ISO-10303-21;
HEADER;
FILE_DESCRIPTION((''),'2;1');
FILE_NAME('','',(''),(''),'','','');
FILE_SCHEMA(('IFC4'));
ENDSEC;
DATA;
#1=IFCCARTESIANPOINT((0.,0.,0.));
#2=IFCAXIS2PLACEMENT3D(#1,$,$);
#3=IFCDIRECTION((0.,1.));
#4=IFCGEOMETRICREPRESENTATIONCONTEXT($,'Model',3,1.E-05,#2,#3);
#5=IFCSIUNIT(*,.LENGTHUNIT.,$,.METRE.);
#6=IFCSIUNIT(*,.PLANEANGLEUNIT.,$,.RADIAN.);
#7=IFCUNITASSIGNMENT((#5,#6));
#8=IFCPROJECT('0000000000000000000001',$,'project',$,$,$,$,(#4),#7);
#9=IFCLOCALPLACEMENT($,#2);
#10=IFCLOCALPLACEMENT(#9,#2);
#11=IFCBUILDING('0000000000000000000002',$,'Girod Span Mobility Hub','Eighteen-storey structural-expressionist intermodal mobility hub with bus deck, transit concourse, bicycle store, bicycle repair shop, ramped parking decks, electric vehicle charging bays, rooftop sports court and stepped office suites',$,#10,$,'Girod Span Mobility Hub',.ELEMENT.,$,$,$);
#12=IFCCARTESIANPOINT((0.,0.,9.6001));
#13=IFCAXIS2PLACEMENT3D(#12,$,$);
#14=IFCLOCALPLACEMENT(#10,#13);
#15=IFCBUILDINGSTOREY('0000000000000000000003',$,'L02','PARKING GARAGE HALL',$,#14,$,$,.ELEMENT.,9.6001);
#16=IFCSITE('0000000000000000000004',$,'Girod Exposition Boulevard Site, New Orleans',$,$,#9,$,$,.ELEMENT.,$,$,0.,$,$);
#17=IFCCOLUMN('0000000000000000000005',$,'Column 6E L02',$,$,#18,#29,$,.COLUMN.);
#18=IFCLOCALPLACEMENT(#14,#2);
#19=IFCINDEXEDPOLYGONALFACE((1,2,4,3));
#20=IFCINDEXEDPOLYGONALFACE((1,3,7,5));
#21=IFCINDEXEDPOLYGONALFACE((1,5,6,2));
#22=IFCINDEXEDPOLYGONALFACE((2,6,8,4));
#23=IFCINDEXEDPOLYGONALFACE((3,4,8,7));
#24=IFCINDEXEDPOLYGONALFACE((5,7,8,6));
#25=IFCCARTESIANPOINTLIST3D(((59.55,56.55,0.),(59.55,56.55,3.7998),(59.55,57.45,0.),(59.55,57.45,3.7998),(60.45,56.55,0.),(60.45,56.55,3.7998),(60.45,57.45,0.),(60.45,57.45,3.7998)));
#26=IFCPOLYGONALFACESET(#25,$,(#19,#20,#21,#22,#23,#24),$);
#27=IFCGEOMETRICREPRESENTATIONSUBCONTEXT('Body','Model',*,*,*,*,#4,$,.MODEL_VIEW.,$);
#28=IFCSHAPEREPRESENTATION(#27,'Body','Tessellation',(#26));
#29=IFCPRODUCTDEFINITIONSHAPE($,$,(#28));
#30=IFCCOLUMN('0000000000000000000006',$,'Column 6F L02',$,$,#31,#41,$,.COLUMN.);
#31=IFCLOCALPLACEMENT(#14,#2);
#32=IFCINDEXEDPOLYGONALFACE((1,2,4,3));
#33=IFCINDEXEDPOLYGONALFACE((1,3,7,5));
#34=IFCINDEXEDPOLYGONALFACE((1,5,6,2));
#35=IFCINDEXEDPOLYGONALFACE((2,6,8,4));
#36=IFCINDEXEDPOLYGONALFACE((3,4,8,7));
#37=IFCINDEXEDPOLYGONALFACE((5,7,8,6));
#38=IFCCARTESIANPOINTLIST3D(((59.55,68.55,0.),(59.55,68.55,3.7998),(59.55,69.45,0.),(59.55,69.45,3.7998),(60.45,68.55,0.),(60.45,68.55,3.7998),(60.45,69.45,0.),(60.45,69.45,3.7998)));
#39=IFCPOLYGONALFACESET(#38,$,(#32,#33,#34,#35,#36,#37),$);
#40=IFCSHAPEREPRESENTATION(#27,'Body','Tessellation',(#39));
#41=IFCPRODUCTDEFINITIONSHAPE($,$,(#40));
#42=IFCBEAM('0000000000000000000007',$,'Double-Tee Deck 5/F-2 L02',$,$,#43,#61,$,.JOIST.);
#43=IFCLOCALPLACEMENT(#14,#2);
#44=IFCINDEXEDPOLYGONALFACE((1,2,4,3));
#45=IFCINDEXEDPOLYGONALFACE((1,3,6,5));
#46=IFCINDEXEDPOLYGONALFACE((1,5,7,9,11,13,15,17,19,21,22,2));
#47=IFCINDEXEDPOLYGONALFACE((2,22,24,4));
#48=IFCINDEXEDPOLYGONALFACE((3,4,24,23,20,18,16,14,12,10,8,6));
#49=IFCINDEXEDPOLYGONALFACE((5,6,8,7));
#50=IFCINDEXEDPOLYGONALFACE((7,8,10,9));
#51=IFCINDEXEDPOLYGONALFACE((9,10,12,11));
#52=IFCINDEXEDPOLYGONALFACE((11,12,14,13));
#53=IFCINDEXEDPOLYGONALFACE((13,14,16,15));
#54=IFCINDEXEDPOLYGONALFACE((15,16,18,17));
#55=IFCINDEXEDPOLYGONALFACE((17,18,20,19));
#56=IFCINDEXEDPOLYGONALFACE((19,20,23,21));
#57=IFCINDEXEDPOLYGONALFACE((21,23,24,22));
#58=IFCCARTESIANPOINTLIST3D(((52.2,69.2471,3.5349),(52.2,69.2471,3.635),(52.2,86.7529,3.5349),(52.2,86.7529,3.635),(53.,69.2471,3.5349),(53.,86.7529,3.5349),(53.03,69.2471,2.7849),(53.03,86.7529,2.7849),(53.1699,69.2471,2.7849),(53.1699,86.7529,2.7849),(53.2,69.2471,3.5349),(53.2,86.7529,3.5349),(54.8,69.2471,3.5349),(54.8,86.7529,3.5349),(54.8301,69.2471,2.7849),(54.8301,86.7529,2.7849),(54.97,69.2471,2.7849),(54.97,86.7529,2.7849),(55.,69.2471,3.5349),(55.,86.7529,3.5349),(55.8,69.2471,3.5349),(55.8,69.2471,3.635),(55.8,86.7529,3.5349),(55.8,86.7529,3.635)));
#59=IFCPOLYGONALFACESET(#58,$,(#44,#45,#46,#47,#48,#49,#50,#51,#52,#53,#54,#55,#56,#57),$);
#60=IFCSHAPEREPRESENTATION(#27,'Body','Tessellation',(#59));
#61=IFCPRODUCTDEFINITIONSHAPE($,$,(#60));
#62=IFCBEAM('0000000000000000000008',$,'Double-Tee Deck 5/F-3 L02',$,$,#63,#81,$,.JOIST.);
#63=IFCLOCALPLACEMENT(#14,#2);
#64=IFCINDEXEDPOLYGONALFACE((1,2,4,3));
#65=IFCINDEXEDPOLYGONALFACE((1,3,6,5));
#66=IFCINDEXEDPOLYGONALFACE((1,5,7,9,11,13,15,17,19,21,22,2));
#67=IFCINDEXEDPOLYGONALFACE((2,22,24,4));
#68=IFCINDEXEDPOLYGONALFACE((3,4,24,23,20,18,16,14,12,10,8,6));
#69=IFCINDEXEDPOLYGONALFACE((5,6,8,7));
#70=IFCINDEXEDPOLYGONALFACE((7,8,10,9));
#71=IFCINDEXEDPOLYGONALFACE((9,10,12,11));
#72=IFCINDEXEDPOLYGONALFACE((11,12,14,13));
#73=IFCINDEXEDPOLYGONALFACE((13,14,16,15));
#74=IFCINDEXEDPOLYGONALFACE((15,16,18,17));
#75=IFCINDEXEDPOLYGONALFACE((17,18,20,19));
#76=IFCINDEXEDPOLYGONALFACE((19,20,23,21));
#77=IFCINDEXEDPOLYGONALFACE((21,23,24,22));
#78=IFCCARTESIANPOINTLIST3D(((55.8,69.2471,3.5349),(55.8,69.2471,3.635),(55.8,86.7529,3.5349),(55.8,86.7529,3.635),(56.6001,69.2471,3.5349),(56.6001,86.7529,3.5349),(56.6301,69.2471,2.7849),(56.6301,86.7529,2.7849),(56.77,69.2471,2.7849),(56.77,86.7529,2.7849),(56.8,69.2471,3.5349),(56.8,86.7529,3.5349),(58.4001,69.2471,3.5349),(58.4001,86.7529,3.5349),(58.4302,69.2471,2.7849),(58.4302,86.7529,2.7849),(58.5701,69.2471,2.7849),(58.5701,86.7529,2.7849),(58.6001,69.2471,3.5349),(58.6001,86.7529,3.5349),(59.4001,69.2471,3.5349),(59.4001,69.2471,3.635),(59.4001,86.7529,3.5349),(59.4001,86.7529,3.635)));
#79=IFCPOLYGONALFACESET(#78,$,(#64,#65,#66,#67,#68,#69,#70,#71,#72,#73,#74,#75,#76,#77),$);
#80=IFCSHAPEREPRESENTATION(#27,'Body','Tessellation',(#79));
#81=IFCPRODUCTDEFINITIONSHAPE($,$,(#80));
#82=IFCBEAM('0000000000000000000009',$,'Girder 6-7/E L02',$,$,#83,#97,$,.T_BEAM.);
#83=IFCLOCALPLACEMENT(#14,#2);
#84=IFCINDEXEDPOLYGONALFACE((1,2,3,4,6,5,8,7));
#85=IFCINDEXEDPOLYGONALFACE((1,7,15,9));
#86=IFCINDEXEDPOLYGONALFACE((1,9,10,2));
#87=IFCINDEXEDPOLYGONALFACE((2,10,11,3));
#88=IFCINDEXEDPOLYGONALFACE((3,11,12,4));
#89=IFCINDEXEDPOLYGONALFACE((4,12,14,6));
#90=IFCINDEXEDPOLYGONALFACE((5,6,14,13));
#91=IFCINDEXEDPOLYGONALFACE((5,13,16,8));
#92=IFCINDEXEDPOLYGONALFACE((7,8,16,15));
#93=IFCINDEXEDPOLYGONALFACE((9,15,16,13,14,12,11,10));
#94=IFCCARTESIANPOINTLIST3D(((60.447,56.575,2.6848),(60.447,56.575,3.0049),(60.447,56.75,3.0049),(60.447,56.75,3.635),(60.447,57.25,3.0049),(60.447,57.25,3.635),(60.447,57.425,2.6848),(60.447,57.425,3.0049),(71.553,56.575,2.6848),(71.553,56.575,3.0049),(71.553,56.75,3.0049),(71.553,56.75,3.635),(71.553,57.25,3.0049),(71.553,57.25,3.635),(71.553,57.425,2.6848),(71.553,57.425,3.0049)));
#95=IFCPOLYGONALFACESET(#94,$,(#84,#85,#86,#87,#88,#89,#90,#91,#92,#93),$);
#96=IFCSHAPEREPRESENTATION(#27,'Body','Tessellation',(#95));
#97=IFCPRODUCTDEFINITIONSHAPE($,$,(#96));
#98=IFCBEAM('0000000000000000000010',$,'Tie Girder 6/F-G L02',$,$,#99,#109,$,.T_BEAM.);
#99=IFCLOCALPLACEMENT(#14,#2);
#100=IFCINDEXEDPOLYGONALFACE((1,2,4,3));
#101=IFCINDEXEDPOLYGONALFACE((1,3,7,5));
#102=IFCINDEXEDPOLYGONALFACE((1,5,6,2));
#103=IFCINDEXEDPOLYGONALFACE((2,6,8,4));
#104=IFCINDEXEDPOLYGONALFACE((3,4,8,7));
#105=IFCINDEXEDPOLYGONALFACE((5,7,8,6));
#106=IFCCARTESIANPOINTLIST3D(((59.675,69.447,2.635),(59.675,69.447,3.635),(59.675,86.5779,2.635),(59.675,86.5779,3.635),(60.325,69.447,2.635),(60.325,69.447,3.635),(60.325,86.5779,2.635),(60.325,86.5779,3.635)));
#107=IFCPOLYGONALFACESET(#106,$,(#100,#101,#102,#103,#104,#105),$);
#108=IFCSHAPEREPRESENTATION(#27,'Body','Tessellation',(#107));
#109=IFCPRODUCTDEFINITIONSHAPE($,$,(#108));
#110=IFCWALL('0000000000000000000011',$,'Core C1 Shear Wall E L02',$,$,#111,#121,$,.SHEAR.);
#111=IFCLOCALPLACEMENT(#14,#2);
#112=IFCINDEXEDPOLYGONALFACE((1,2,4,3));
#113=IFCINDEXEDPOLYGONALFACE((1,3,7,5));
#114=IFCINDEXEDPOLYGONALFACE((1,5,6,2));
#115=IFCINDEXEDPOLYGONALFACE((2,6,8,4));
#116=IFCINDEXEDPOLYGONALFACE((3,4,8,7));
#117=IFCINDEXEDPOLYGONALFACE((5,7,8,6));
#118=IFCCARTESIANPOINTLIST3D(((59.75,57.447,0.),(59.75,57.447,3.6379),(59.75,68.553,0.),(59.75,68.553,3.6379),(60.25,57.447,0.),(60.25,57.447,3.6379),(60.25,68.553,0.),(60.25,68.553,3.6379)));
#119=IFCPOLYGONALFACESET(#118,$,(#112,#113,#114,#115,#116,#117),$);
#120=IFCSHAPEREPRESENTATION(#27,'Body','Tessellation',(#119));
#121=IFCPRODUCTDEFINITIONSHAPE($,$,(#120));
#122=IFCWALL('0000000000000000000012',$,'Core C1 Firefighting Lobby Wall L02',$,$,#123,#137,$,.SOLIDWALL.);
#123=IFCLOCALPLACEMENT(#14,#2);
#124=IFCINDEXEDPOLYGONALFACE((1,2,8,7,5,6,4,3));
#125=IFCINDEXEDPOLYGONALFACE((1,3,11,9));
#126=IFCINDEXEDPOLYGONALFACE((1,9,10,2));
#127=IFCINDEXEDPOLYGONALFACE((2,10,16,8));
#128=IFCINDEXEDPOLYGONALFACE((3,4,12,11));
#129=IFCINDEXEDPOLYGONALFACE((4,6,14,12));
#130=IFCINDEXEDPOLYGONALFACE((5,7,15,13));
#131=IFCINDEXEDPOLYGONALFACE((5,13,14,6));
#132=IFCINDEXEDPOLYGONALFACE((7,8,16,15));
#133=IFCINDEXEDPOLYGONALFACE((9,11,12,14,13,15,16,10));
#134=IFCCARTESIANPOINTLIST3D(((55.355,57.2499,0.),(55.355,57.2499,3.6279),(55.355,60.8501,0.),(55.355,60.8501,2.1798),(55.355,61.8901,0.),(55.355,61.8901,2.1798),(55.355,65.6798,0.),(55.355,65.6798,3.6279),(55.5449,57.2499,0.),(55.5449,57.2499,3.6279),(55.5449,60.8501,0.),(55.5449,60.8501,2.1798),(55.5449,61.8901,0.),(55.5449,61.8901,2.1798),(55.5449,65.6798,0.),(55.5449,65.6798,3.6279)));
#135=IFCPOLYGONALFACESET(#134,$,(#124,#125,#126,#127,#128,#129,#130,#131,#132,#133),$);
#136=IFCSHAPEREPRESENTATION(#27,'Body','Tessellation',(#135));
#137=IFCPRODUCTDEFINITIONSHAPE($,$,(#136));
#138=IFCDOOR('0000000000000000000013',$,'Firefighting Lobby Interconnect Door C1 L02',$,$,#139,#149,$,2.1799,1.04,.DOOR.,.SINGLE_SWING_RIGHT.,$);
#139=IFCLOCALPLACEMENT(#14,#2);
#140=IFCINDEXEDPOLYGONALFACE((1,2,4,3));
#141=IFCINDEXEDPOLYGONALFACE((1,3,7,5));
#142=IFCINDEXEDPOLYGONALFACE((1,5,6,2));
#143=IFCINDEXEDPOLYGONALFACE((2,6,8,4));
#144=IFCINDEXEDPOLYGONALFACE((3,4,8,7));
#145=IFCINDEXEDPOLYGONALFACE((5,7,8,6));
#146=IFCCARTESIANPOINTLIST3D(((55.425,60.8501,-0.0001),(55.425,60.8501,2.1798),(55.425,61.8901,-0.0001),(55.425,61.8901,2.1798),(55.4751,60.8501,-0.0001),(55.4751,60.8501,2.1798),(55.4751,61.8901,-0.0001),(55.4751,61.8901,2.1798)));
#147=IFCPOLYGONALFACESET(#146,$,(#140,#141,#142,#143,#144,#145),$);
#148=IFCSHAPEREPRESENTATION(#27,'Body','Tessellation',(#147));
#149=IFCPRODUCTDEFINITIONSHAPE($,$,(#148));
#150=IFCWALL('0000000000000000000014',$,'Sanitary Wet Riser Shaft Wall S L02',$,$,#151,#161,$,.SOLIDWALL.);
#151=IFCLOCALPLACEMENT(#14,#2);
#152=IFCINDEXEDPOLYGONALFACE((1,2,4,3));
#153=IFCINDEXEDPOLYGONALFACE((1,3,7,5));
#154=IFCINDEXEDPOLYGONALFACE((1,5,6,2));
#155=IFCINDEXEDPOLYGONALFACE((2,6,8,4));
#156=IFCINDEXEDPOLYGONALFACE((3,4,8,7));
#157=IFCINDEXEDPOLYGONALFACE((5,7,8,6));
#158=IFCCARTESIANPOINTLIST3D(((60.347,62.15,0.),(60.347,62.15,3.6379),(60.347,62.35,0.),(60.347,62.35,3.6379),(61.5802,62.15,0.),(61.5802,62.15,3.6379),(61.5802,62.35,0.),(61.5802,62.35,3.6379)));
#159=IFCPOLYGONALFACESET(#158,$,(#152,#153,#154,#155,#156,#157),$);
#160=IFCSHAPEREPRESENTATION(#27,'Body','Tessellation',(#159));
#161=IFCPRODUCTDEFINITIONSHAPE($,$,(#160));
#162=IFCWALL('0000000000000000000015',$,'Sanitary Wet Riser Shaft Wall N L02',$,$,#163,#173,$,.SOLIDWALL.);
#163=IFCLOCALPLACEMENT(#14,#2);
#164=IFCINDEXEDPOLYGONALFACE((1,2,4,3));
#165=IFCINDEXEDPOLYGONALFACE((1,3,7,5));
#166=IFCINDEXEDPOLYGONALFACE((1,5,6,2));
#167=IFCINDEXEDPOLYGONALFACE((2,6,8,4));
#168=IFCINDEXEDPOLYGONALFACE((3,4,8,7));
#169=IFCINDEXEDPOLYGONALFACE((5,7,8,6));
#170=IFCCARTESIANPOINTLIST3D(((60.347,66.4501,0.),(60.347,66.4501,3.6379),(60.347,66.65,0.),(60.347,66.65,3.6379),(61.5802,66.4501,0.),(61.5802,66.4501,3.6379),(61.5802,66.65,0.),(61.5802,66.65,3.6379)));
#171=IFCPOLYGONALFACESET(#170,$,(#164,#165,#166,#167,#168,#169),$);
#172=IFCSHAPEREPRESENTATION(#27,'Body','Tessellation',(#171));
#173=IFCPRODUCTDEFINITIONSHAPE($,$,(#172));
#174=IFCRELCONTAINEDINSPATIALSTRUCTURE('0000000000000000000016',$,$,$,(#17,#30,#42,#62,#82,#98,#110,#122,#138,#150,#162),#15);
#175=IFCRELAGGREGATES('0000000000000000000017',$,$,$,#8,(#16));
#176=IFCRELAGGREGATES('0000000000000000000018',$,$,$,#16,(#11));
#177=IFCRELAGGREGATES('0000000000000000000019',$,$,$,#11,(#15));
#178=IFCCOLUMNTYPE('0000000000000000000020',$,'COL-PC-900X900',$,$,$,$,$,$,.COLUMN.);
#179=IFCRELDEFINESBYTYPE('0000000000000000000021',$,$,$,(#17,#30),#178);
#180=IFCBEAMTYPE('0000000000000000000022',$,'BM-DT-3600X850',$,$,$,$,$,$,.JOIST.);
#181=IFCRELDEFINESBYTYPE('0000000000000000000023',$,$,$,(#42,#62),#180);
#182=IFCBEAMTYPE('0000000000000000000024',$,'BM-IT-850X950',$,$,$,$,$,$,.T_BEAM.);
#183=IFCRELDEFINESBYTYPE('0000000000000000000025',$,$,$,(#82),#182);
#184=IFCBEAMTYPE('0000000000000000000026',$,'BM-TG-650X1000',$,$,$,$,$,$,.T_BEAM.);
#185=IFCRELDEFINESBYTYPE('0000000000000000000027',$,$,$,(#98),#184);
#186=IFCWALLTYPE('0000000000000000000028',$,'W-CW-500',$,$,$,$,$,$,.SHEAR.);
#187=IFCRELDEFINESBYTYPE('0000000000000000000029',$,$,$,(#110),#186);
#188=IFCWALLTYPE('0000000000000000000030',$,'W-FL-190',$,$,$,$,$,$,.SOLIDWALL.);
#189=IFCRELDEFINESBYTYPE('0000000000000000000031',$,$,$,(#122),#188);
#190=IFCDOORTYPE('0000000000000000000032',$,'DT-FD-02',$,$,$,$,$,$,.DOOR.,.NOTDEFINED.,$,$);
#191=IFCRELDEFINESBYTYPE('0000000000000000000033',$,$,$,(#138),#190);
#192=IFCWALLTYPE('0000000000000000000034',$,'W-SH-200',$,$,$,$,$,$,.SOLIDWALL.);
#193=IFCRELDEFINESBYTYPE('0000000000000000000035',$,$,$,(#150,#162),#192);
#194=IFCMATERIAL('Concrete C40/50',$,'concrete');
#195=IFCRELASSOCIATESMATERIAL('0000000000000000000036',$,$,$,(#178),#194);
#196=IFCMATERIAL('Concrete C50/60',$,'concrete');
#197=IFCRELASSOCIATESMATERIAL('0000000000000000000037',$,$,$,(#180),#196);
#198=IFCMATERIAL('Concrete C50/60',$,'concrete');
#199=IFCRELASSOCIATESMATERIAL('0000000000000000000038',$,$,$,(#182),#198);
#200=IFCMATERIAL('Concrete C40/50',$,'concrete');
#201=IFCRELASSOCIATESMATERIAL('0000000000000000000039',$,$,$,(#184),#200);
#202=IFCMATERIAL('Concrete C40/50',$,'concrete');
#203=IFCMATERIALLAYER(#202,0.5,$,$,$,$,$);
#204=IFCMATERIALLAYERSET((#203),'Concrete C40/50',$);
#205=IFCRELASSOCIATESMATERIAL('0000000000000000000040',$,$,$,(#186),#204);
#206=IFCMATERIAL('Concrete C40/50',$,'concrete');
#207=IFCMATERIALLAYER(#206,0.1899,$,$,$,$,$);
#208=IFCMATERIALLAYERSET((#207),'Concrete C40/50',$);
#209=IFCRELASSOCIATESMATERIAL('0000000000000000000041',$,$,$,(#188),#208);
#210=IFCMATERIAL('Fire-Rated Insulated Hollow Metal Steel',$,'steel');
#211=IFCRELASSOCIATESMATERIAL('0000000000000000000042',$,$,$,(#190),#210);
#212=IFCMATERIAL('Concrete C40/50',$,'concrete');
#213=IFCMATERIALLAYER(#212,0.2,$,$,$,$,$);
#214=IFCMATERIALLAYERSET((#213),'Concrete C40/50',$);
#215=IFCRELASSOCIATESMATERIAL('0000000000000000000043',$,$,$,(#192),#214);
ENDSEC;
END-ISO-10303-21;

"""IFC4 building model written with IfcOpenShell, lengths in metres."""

from ifc_helpers import new_model, si_unit, direction, frame, frame_2d, origin, origin_2d, place, context, subcontext, project, spatial, polyline, rectangle, outline, extrude, material, layer, layer_set, material_profile, profile_set, type_object, element, fill, save


model = new_model("IFC4")

# Units and contexts
model_context = context("Model", 3, precision=1e-05, world=origin(), true_north=direction((0.0, 1.0)))
body_context = subcontext(model_context, "Body", "Model", "MODEL_VIEW")
ifc_project = project(units=[si_unit("LENGTHUNIT", "METRE"), si_unit("PLANEANGLEUNIT", "RADIAN")], contexts=[model_context])

# Site, building, storey
site_placement = place(None, origin())
site = spatial("IfcSite", under=ifc_project, at=site_placement, Name="Girod Exposition Boulevard Site, New Orleans", CompositionType="ELEMENT", RefElevation=0.0)
building_placement = place(site_placement, origin())
building = spatial("IfcBuilding", under=site, at=building_placement, Name="Girod Span Mobility Hub", Description="Eighteen-storey structural-expressionist intermodal mobility hub with bus deck, transit concourse, bicycle store, bicycle repair shop, ramped parking decks, electric vehicle charging bays, rooftop sports court and stepped office suites", LongName="Girod Span Mobility Hub", CompositionType="ELEMENT")
storey_placement = place(building_placement, frame((0.0, 0.0, 9.6001)))
storey = spatial("IfcBuildingStorey", under=building, at=storey_placement, Name="L02", Description="PARKING GARAGE HALL", CompositionType="ELEMENT", Elevation=9.6001)

# Columns
ifc_material_1 = material(Name="Concrete C40/50", Category="concrete")
ifc_material_profile_1 = material_profile(ifc_material_1, rectangle(XDim=0.8999, YDim=0.8999, at=origin_2d()), Name="PC-COL-900X900")
ifc_profile_set_1 = profile_set([ifc_material_profile_1], Name="Concrete C40/50")
column_type = type_object("IfcColumnType", Name="COL-PC-900X900", PredefinedType="COLUMN", material=ifc_profile_set_1)
for number, where, z_axis, x_axis, name in (
    (1, (60.0, 57.0, 0.0), (0.0, 0.0, 1.0), (1.0, 0.0, 0.0), "Column 6E L02"),
    (2, (60.0, 69.0, 0.0), (0.0, 0.0, 1.0), (1.0, 0.0, 0.0), "Column 6F L02"),
):
    element("IfcColumn", number, at=place(storey_placement, frame(where, z_axis=z_axis, x_axis=x_axis)), inside=storey, type_object=column_type, Name=name, PredefinedType="COLUMN", context=body_context, shape_type="SweptSolid", body=[
        extrude(rectangle(XDim=0.8999, YDim=0.8999, at=origin_2d()), origin(), (0.0, 0.0, 1.0), 3.7998),
    ])

# Beams
ifc_material_2 = material(Name="Concrete C50/60", Category="concrete")
ifc_material_profile_2 = material_profile(ifc_material_2, outline(polyline([(-1.8, 0.425), (-1.8, 0.325), (-1.0, 0.325), (-0.97, -0.425), (-0.8301, -0.425), (-0.8, 0.325), (0.8, 0.325), (0.8301, -0.425), (0.97, -0.425), (1.0, 0.325), (1.8, 0.325), (1.8, 0.425), (-1.8, 0.425)])), Name="DT-3600X850")
ifc_profile_set_2 = profile_set([ifc_material_profile_2], Name="Concrete C50/60")
beam_type_1 = type_object("IfcBeamType", Name="BM-DT-3600X850", PredefinedType="JOIST", material=ifc_profile_set_2)
for number, where, z_axis, x_axis, name in (
    (3, (54.0, 69.2471, 3.21), (0.0, 1.0, 0.0), (-1.0, 0.0, 0.0), "Double-Tee Deck 5/F-2 L02"),
    (4, (57.6001, 69.2471, 3.21), (0.0, 1.0, 0.0), (-1.0, 0.0, 0.0), "Double-Tee Deck 5/F-3 L02"),
):
    element("IfcBeam", number, at=place(storey_placement, frame(where, z_axis=z_axis, x_axis=x_axis)), inside=storey, type_object=beam_type_1, Name=name, PredefinedType="JOIST", context=body_context, shape_type="SweptSolid", body=[
        extrude(outline(polyline([(-1.8, 0.425), (-1.8, 0.325), (-1.0, 0.325), (-0.97, -0.425), (-0.8301, -0.425), (-0.8, 0.325), (0.8, 0.325), (0.8301, -0.425), (0.97, -0.425), (1.0, 0.325), (1.8, 0.325), (1.8, 0.425), (-1.8, 0.425)])), origin(), (0.0, 0.0, 1.0), 17.5059),
    ])
ifc_material_3 = material(Name="Concrete C50/60", Category="concrete")
ifc_material_profile_3 = material_profile(ifc_material_3, outline(polyline([(-0.425, -0.4751), (0.425, -0.4751), (0.425, -0.155), (0.25, -0.155), (0.25, 0.4751), (-0.25, 0.4751), (-0.25, -0.155), (-0.425, -0.155), (-0.425, -0.4751)])), Name="IT-850X950")
ifc_profile_set_3 = profile_set([ifc_material_profile_3], Name="Concrete C50/60")
beam_type_2 = type_object("IfcBeamType", Name="BM-IT-850X950", PredefinedType="T_BEAM", material=ifc_profile_set_3)
beam_1_placement = place(storey_placement, frame((60.447, 57.0, 3.1599), z_axis=(1.0, 0.0, 0.0), x_axis=(0.0, 1.0, 0.0)))
element("IfcBeam", 5, at=beam_1_placement, inside=storey, type_object=beam_type_2, Name="Girder 6-7/E L02", PredefinedType="T_BEAM", context=body_context, shape_type="SweptSolid", body=[
    extrude(outline(polyline([(-0.425, -0.4751), (0.425, -0.4751), (0.425, -0.155), (0.25, -0.155), (0.25, 0.4751), (-0.25, 0.4751), (-0.25, -0.155), (-0.425, -0.155), (-0.425, -0.4751)])), origin(), (0.0, 0.0, 1.0), 11.106),
])
ifc_material_4 = material(Name="Concrete C40/50", Category="concrete")
ifc_material_profile_4 = material_profile(ifc_material_4, rectangle(XDim=0.6499, YDim=1.0, at=origin_2d()), Name="TG-650X1000")
ifc_profile_set_4 = profile_set([ifc_material_profile_4], Name="Concrete C40/50")
beam_type_3 = type_object("IfcBeamType", Name="BM-TG-650X1000", PredefinedType="T_BEAM", material=ifc_profile_set_4)
beam_2_placement = place(storey_placement, frame((60.0, 69.447, 3.135), z_axis=(0.0, 1.0, 0.0), x_axis=(-1.0, 0.0, 0.0)))
element("IfcBeam", 6, at=beam_2_placement, inside=storey, type_object=beam_type_3, Name="Tie Girder 6/F-G L02", PredefinedType="T_BEAM", context=body_context, shape_type="SweptSolid", body=[
    extrude(rectangle(XDim=0.6499, YDim=1.0, at=origin_2d()), origin(), (0.0, 0.0, 1.0), 17.1309),
])

# Wall
ifc_material_5 = material(Name="Concrete C40/50", Category="concrete")
ifc_layer_1 = layer(ifc_material_5, 0.5)
ifc_layer_set_1 = layer_set([ifc_layer_1], Name="Concrete C40/50")
wall_type_1 = type_object("IfcWallType", Name="W-CW-500", PredefinedType="SHEAR", material=ifc_layer_set_1)
wall_1_placement = place(storey_placement, frame((60.0, 57.447, 0.0), z_axis=(0.0, 0.0, 1.0), x_axis=(0.0, 1.0, 0.0)))
element("IfcWall", 7, at=wall_1_placement, inside=storey, type_object=wall_type_1, Name="Core C1 Shear Wall E L02", PredefinedType="SHEAR", context=body_context, shape_type="SweptSolid", body=[
    extrude(rectangle(XDim=11.106, YDim=0.5, at=frame_2d((5.553, 0.0))), origin(), (0.0, 0.0, 1.0), 3.6379),
])

# Wall, opening, door
ifc_material_6 = material(Name="Concrete C40/50", Category="concrete")
ifc_layer_2 = layer(ifc_material_6, 0.1899)
ifc_layer_set_2 = layer_set([ifc_layer_2], Name="Concrete C40/50")
wall_type_2 = type_object("IfcWallType", Name="W-FL-190", PredefinedType="SOLIDWALL", material=ifc_layer_set_2)
wall_2_placement = place(storey_placement, frame((55.45, 57.25, 0.0), z_axis=(0.0, 0.0, 1.0), x_axis=(0.0, 1.0, 0.0)))
wall_2 = element("IfcWall", 8, at=wall_2_placement, inside=storey, type_object=wall_type_2, Name="Core C1 Firefighting Lobby Wall L02", PredefinedType="SOLIDWALL", context=body_context, shape_type="SweptSolid", body=[
    extrude(rectangle(XDim=8.4299, YDim=0.1899, at=frame_2d((4.2148, 0.0))), origin(), (0.0, 0.0, 1.0), 3.6279),
])
opening_1_placement = place(wall_2_placement, frame((3.6001, 0.0, 0.0)))
opening_1 = element("IfcOpeningElement", 9, at=opening_1_placement, cuts=wall_2, PredefinedType="OPENING", context=body_context, shape_type="SweptSolid", body=[
    extrude(rectangle(XDim=1.04, YDim=2.1799, at=frame_2d((0.52, 1.0898))), frame((0.0, 0.1099, 0.0), z_axis=(0.0, -1.0, 0.0), x_axis=(1.0, 0.0, 0.0)), (0.0, 0.0, 1.0), 0.22),
])
ifc_material_7 = material(Name="Fire-Rated Insulated Hollow Metal Steel", Category="steel")
door_type_1 = type_object("IfcDoorType", Name="DT-FD-02", OperationType="NOTDEFINED", PredefinedType="DOOR", material=ifc_material_7)
door_1_placement = place(opening_1_placement, origin())
door_1 = element("IfcDoor", 10, at=door_1_placement, inside=storey, type_object=door_type_1, Name="Firefighting Lobby Interconnect Door C1 L02", OperationType="SINGLE_SWING_RIGHT", OverallHeight=2.1799, OverallWidth=1.04, PredefinedType="DOOR", context=body_context, shape_type="SweptSolid", body=[
    extrude(rectangle(XDim=1.04, YDim=2.1799, at=frame_2d((0.52, 1.0898))), frame((0.0, 0.0249, 0.0), z_axis=(0.0, -1.0, 0.0), x_axis=(1.0, 0.0, 0.0)), (0.0, 0.0, 1.0), 0.05),
])
fill(opening_1, door_1)

# Walls
ifc_material_8 = material(Name="Concrete C40/50", Category="concrete")
ifc_layer_3 = layer(ifc_material_8, 0.2)
ifc_layer_set_3 = layer_set([ifc_layer_3], Name="Concrete C40/50")
wall_type_3 = type_object("IfcWallType", Name="W-SH-200", PredefinedType="SOLIDWALL", material=ifc_layer_set_3)
for number, where, z_axis, x_axis, name in (
    (11, (60.3469, 62.25, 0.0), (0.0, 0.0, 1.0), (1.0, 0.0, 0.0), "Sanitary Wet Riser Shaft Wall S L02"),
    (12, (60.3469, 66.55, 0.0), (0.0, 0.0, 1.0), (1.0, 0.0, 0.0), "Sanitary Wet Riser Shaft Wall N L02"),
):
    element("IfcWall", number, at=place(storey_placement, frame(where, z_axis=z_axis, x_axis=x_axis)), inside=storey, type_object=wall_type_3, Name=name, PredefinedType="SOLIDWALL", context=body_context, shape_type="SweptSolid", body=[
        extrude(rectangle(XDim=1.2332, YDim=0.2, at=frame_2d((0.6167, 0.0))), origin(), (0.0, 0.0, 1.0), 3.6379),
    ])

save(model, "model.ifc")
